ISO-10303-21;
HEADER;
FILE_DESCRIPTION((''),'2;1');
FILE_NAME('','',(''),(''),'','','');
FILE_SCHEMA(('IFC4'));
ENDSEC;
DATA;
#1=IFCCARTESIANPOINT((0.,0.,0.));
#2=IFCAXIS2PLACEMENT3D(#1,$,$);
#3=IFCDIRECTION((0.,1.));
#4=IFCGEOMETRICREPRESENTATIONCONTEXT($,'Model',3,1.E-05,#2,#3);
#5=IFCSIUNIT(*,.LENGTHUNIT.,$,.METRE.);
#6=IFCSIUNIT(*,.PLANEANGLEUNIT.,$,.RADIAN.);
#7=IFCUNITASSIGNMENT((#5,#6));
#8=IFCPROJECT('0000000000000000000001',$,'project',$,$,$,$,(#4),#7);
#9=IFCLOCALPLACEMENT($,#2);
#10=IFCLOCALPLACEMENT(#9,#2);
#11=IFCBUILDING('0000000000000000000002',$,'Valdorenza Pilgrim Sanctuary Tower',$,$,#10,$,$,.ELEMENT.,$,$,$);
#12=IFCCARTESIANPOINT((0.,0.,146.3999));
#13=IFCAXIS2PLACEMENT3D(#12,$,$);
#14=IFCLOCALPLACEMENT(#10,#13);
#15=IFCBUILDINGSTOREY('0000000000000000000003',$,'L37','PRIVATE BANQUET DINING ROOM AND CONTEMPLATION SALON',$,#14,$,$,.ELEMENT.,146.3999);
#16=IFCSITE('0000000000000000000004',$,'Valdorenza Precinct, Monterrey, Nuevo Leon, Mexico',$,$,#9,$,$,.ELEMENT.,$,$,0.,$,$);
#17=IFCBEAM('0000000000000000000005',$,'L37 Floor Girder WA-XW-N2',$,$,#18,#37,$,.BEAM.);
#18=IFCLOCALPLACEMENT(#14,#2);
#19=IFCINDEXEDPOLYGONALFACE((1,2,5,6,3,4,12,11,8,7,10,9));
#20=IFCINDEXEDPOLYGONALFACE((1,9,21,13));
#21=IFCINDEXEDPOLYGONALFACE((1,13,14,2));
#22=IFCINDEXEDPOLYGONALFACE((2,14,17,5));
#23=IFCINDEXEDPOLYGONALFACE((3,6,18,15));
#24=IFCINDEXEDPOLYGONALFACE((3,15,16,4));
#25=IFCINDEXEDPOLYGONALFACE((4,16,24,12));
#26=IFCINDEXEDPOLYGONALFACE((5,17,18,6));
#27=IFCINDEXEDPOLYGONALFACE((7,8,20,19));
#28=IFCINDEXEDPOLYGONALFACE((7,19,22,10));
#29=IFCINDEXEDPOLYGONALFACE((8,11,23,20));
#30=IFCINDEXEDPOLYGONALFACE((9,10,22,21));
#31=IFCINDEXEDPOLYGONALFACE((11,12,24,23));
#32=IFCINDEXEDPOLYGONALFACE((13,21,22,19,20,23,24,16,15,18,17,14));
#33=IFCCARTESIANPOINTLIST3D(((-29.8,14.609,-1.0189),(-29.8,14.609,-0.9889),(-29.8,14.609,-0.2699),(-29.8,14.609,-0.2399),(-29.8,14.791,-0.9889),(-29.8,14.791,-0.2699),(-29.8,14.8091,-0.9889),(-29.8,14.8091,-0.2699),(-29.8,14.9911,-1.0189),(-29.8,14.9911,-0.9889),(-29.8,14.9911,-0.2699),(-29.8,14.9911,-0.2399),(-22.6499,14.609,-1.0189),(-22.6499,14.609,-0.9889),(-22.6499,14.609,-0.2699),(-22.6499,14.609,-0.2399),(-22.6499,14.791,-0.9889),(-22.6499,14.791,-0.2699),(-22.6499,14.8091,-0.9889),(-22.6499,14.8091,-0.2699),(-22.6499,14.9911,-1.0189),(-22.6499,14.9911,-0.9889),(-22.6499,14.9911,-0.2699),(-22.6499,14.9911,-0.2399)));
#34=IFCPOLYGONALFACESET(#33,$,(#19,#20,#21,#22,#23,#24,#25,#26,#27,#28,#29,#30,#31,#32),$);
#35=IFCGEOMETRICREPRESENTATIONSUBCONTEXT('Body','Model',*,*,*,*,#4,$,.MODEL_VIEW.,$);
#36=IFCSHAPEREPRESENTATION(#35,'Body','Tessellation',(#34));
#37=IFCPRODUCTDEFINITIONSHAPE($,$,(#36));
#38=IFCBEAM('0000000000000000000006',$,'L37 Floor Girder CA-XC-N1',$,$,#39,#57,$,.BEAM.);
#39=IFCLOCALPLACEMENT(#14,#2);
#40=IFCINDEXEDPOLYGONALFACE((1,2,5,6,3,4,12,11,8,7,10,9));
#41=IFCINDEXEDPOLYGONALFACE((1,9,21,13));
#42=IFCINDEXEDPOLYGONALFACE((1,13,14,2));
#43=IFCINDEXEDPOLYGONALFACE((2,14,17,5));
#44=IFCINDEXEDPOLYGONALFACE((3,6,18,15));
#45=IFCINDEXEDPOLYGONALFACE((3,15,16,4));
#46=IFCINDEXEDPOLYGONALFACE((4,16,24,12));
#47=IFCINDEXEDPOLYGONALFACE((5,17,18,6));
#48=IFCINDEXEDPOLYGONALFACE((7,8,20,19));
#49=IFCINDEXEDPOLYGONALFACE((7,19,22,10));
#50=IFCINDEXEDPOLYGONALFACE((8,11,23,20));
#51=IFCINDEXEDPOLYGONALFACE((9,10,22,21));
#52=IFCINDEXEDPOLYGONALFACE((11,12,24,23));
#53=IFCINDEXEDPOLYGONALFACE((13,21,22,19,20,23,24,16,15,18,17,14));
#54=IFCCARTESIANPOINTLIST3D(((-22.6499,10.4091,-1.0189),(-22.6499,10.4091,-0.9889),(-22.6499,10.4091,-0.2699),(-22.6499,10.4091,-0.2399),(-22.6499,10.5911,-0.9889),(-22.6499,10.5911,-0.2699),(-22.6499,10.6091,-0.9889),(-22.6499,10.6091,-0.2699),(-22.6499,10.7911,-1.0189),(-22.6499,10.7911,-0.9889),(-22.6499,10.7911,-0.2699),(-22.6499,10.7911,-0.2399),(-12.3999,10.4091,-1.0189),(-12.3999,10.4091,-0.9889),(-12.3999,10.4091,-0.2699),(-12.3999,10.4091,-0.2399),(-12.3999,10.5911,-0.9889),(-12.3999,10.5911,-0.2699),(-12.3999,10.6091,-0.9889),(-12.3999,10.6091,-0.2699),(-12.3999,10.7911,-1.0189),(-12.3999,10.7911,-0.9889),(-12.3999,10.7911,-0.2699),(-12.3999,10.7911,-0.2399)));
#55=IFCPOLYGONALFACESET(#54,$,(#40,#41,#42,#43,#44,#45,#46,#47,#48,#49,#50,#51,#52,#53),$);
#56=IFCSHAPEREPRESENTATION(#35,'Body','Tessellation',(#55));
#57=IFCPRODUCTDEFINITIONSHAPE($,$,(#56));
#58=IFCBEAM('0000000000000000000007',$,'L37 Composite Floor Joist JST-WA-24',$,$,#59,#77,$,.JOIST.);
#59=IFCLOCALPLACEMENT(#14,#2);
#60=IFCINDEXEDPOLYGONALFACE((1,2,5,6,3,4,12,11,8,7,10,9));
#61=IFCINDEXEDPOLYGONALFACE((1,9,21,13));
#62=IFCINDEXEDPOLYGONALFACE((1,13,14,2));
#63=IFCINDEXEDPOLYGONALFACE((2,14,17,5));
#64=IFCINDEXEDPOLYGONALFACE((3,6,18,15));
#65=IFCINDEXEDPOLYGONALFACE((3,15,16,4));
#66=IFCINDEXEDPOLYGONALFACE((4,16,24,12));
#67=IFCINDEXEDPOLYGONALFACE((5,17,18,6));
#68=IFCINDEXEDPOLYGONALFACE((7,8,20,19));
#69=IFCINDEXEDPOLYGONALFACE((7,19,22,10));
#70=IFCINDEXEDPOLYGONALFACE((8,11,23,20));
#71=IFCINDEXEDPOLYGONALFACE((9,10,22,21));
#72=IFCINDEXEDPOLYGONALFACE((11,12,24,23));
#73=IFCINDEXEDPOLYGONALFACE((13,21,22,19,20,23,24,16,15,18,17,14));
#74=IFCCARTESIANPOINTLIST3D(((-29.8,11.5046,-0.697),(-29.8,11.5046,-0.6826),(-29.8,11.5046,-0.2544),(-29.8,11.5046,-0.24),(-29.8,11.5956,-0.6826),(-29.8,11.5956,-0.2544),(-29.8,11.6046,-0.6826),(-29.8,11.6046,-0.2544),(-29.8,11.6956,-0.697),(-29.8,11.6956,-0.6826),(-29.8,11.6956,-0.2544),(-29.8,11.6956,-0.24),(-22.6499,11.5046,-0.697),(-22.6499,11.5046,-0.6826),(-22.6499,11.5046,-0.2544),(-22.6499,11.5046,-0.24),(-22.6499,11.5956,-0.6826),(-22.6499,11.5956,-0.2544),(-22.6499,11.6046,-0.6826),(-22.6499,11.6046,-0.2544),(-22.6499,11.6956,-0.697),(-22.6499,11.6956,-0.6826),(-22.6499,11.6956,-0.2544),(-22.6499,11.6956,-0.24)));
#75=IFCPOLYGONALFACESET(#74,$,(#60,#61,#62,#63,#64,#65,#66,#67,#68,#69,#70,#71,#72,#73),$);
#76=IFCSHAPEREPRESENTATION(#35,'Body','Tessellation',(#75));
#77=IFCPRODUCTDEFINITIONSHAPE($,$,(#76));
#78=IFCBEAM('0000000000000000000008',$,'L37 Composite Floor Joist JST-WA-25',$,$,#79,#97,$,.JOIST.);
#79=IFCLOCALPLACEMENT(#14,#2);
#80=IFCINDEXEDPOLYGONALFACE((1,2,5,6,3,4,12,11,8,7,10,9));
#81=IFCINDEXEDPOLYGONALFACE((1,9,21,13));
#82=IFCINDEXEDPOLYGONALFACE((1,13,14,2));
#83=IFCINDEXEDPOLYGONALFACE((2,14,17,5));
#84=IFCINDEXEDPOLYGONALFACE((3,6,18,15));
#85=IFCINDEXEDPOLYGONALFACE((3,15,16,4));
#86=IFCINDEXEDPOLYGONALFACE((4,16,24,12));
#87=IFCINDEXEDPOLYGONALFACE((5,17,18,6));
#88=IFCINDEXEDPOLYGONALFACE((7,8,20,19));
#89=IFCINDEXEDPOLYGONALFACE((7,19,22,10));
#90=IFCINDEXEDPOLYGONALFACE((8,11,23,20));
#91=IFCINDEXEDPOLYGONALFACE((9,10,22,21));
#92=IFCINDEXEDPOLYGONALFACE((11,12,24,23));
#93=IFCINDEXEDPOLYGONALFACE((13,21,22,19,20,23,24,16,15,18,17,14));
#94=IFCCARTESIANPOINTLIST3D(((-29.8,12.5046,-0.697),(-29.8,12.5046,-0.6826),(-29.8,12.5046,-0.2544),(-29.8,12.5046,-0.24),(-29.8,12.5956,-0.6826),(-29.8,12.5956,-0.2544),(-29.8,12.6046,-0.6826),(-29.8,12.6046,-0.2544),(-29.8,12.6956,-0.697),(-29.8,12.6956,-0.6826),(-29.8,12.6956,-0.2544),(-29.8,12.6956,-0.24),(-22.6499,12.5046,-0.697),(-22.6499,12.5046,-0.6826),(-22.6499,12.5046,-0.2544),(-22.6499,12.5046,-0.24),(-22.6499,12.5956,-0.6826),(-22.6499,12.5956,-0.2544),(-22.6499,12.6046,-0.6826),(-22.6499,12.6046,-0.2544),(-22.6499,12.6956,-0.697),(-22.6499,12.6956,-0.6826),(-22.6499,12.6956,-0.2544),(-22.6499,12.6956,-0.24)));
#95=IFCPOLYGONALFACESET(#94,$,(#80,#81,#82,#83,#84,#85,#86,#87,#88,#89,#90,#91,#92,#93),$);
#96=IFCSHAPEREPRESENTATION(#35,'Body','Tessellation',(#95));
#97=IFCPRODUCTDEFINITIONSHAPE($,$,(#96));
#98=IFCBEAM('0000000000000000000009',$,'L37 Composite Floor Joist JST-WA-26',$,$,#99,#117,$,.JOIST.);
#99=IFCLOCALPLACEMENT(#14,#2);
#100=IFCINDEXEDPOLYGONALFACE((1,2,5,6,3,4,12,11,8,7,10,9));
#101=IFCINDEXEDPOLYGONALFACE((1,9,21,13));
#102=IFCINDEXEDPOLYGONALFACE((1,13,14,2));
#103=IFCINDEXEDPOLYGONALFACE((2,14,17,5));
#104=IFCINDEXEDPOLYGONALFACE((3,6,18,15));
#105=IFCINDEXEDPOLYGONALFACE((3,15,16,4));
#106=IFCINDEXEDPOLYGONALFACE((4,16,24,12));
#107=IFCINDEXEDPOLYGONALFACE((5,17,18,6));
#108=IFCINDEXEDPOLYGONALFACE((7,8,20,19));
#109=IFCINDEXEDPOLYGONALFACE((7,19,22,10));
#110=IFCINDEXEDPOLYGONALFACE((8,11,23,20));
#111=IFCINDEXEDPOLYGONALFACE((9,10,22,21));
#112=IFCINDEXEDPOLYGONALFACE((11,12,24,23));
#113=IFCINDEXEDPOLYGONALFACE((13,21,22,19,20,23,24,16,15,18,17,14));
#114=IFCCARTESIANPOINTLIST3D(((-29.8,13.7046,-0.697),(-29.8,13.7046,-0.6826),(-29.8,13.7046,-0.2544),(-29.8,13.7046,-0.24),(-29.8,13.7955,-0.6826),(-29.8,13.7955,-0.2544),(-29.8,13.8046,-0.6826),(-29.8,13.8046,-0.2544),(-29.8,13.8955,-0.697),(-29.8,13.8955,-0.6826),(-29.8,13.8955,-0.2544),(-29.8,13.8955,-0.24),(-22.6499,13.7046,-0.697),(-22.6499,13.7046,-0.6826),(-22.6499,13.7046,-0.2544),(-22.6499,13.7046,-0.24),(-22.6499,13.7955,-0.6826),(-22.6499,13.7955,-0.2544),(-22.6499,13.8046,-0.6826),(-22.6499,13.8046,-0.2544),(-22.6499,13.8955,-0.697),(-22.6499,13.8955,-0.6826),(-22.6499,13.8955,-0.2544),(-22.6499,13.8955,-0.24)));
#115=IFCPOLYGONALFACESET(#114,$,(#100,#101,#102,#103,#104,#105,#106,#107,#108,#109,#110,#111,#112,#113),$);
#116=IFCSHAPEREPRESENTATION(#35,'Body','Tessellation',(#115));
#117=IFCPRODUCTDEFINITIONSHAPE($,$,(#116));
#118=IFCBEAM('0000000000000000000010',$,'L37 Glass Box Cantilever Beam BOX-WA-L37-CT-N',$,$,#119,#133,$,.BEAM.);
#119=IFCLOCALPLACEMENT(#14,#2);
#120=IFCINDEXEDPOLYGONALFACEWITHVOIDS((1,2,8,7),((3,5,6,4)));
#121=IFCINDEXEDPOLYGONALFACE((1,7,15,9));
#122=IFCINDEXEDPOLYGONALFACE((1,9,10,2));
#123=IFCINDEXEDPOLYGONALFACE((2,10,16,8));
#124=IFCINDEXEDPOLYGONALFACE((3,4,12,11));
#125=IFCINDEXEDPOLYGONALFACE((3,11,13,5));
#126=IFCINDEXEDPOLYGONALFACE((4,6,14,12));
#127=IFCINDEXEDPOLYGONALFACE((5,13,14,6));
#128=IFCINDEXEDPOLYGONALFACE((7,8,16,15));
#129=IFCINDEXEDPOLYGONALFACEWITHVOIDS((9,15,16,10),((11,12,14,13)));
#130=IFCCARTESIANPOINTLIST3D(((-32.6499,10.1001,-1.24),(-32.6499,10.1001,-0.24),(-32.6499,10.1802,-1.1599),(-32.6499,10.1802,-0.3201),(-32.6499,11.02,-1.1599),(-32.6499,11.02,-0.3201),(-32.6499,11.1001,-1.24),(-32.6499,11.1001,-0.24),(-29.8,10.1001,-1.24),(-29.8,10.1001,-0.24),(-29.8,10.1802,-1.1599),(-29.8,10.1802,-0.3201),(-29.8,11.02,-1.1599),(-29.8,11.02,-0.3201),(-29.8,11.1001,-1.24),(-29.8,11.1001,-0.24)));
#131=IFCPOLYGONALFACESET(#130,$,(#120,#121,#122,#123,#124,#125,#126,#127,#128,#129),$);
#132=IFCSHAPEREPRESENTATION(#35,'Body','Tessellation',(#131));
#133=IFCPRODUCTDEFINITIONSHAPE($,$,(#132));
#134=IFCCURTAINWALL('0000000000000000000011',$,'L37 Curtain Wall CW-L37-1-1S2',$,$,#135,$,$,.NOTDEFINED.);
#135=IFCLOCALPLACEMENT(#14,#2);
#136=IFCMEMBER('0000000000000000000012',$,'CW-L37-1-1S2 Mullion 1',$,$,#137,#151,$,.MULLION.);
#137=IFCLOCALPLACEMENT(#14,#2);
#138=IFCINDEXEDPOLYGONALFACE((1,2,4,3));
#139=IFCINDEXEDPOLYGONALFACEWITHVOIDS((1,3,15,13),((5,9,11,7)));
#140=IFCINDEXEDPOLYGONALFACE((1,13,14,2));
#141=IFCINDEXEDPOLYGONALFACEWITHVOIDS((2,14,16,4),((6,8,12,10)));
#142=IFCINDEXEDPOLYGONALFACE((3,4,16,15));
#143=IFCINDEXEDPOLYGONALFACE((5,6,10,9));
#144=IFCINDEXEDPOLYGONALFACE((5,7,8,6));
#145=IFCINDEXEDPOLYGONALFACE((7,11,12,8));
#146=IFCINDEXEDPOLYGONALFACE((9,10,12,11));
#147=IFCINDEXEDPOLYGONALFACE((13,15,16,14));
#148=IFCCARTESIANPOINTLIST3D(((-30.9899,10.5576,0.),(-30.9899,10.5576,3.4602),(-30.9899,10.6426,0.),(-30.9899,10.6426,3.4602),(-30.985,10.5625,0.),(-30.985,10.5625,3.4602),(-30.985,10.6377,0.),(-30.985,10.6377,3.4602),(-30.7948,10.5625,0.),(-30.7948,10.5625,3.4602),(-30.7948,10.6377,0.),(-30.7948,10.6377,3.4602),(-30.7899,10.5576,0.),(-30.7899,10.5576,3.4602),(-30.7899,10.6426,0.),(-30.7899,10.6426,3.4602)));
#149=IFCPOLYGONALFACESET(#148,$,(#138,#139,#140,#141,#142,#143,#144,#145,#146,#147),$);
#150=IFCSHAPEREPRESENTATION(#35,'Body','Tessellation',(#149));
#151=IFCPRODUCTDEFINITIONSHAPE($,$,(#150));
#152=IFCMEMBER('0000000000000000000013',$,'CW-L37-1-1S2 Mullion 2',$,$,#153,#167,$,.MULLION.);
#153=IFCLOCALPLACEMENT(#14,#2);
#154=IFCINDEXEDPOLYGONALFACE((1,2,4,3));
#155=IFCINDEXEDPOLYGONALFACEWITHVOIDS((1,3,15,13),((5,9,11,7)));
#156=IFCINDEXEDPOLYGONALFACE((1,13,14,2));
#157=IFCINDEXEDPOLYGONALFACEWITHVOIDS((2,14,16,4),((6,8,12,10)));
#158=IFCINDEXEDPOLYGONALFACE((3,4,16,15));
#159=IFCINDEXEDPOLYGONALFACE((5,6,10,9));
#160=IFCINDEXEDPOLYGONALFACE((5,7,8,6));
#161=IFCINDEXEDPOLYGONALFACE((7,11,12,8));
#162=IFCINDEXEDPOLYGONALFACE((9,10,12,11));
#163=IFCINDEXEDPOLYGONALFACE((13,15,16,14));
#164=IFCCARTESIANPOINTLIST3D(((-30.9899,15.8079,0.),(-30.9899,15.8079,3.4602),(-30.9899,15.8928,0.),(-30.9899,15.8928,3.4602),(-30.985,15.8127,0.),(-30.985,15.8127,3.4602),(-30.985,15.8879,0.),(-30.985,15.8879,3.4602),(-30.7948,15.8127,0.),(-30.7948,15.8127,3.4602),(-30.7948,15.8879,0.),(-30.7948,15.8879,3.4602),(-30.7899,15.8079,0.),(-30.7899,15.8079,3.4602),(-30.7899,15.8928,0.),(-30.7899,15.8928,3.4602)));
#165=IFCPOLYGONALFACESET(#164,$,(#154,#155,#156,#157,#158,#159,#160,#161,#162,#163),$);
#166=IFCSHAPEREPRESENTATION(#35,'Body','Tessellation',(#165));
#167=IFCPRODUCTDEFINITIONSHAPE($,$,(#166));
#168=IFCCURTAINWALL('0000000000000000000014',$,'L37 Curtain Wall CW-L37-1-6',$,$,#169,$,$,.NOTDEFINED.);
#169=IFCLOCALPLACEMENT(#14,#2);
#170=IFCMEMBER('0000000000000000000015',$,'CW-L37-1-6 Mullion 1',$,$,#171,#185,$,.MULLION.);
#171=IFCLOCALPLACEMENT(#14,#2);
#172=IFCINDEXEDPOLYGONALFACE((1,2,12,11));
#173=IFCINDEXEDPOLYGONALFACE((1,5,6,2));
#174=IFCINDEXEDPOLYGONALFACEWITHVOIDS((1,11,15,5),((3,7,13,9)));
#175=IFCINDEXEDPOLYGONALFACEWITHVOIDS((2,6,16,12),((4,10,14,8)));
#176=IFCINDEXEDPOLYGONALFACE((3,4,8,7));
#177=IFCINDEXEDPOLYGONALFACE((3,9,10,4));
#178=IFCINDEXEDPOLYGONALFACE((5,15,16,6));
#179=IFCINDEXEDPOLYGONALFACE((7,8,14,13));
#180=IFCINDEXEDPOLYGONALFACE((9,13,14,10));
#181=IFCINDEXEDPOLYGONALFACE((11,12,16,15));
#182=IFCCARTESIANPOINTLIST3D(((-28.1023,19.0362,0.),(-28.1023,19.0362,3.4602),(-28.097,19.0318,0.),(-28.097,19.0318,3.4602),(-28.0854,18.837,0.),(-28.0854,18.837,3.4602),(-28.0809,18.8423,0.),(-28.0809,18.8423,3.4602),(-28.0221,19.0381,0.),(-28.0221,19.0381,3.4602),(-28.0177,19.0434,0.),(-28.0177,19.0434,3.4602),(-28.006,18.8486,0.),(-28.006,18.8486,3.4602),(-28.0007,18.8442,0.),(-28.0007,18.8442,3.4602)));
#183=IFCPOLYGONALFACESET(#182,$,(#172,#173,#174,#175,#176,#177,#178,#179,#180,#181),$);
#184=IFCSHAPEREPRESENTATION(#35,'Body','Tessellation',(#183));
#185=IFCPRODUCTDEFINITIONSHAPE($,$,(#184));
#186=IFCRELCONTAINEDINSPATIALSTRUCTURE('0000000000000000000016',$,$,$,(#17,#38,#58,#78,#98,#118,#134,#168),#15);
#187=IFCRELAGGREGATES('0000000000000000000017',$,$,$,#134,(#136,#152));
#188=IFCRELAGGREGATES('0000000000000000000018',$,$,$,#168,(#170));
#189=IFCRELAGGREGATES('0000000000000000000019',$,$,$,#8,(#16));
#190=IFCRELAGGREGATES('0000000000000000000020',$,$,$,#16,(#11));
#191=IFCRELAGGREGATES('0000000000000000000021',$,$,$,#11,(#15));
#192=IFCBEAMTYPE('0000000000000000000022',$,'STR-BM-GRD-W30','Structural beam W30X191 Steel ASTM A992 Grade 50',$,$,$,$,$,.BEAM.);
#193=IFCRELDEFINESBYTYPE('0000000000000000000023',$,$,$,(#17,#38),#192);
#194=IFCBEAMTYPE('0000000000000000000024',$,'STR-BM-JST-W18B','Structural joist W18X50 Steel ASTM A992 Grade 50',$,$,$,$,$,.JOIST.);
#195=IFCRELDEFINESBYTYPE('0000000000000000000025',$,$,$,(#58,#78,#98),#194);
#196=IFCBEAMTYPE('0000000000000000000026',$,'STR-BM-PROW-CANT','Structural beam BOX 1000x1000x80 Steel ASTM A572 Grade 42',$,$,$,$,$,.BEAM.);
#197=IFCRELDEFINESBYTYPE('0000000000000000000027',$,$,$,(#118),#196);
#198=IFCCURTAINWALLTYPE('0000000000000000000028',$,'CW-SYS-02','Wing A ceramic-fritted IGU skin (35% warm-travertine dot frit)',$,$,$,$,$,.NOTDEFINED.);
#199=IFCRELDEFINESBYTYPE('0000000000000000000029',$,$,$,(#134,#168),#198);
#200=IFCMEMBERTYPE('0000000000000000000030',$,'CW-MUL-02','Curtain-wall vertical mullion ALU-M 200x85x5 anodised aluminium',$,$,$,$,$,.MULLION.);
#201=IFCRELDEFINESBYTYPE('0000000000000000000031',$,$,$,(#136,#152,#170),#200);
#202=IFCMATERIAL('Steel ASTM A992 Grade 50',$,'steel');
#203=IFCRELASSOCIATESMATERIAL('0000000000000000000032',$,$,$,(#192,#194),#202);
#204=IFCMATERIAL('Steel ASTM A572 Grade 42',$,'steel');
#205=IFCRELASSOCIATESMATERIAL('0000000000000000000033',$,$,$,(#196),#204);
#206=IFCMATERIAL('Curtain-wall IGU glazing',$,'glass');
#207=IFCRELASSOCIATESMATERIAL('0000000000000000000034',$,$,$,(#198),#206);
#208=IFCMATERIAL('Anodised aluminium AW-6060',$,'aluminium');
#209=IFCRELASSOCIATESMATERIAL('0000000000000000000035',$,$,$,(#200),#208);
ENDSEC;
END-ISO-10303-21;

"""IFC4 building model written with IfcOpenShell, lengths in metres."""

from ifc_helpers import new_model, si_unit, direction, frame, origin, origin_2d, place, context, subcontext, project, spatial, hollow_rectangle, i_section, extrude, source, transform, mapped, material, material_profile, profile_set, type_object, element, aggregate, save


model = new_model("IFC4")

# Units and contexts
model_context = context("Model", 3, precision=1e-05, world=origin(), true_north=direction((0.0, 1.0)))
body_context = subcontext(model_context, "Body", "Model", "MODEL_VIEW")
ifc_project = project(units=[si_unit("LENGTHUNIT", "METRE"), si_unit("PLANEANGLEUNIT", "RADIAN")], contexts=[model_context])

# Site, building, storey
site_placement = place(None, origin())
site = spatial("IfcSite", under=ifc_project, at=site_placement, Name="Valdorenza Precinct, Monterrey, Nuevo Leon, Mexico", CompositionType="ELEMENT", RefElevation=0.0)
building_placement = place(site_placement, origin())
building = spatial("IfcBuilding", under=site, at=building_placement, Name="Valdorenza Pilgrim Sanctuary Tower", CompositionType="ELEMENT")
storey_placement = place(building_placement, frame((0.0, 0.0, 146.3999)))
storey = spatial("IfcBuildingStorey", under=building, at=storey_placement, Name="L37", Description="PRIVATE BANQUET DINING ROOM AND CONTEMPLATION SALON", CompositionType="ELEMENT", Elevation=146.3999)

# Beams
ifc_material_1 = material(Name="Steel ASTM A992 Grade 50", Category="steel")
ifc_material_profile_1 = material_profile(ifc_material_1, i_section(OverallWidth=0.3821, OverallDepth=0.7791, WebThickness=0.0181, FlangeThickness=0.03, at=origin_2d()), Name="W30X191")
ifc_profile_set_1 = profile_set([ifc_material_profile_1], Name="Steel ASTM A992 Grade 50")
beam_type_1 = type_object("IfcBeamType", Name="STR-BM-GRD-W30", Description="Structural beam W30X191 Steel ASTM A992 Grade 50", PredefinedType="BEAM", material=ifc_profile_set_1)
shared_shape_1 = source(origin(), body_context, "Body", "SweptSolid", [
    extrude(i_section(OverallWidth=0.3821, OverallDepth=0.7791, WebThickness=0.0181, FlangeThickness=0.03, at=origin_2d()), origin(), (0.0, 0.0, 1.0), 7.1501),
])
for number, where, z_axis, x_axis, name in (
    (1, (-29.8, 14.8, -0.6294), (1.0, 0.0, 0.0), (0.0, 1.0, 0.0), "L37 Floor Girder WA-XW-N2"),
):
    element("IfcBeam", number, at=place(storey_placement, frame(where, z_axis=z_axis, x_axis=x_axis)), inside=storey, type_object=beam_type_1, Name=name, PredefinedType="BEAM", context=body_context, shape_type="MappedRepresentation", body=[
        mapped(shared_shape_1, transform((0.0, 0.0, 0.0), x_axis=(1.0, 0.0, 0.0), y_axis=(0.0, 1.0, 0.0), z_axis=(0.0, 0.0, 1.0), scale=1.0)),
    ])
shared_shape_2 = source(origin(), body_context, "Body", "SweptSolid", [
    extrude(i_section(OverallWidth=0.3821, OverallDepth=0.7791, WebThickness=0.0181, FlangeThickness=0.03, at=origin_2d()), origin(), (0.0, 0.0, 1.0), 10.25),
])
beam_1_placement = place(storey_placement, frame((-22.6499, 10.6001, -0.6294), z_axis=(1.0, 0.0, 0.0), x_axis=(0.0, 1.0, 0.0)))
element("IfcBeam", 2, at=beam_1_placement, inside=storey, type_object=beam_type_1, Name="L37 Floor Girder CA-XC-N1", PredefinedType="BEAM", context=body_context, shape_type="MappedRepresentation", body=[
    mapped(shared_shape_2, transform((0.0, 0.0, 0.0), x_axis=(1.0, 0.0, 0.0), y_axis=(0.0, 1.0, 0.0), z_axis=(0.0, 0.0, 1.0), scale=1.0)),
])
ifc_material_profile_2 = material_profile(ifc_material_1, i_section(OverallWidth=0.1909, OverallDepth=0.457, WebThickness=0.009, FlangeThickness=0.0144, at=origin_2d()), Name="W18X50")
ifc_profile_set_2 = profile_set([ifc_material_profile_2], Name="Steel ASTM A992 Grade 50")
beam_type_2 = type_object("IfcBeamType", Name="STR-BM-JST-W18B", Description="Structural joist W18X50 Steel ASTM A992 Grade 50", PredefinedType="JOIST", material=ifc_profile_set_2)
shared_shape_3 = source(origin(), body_context, "Body", "SweptSolid", [
    extrude(i_section(OverallWidth=0.1909, OverallDepth=0.457, WebThickness=0.009, FlangeThickness=0.0144, at=origin_2d()), origin(), (0.0, 0.0, 1.0), 7.1501),
])
for number, where, z_axis, x_axis, name in (
    (3, (-29.8, 11.6001, -0.4685), (1.0, 0.0, 0.0), (0.0, 1.0, 0.0), "L37 Composite Floor Joist JST-WA-24"),
    (4, (-29.8, 12.6001, -0.4685), (1.0, 0.0, 0.0), (0.0, 1.0, 0.0), "L37 Composite Floor Joist JST-WA-25"),
    (5, (-29.8, 13.8, -0.4685), (1.0, 0.0, 0.0), (0.0, 1.0, 0.0), "L37 Composite Floor Joist JST-WA-26"),
):
    element("IfcBeam", number, at=place(storey_placement, frame(where, z_axis=z_axis, x_axis=x_axis)), inside=storey, type_object=beam_type_2, Name=name, PredefinedType="JOIST", context=body_context, shape_type="MappedRepresentation", body=[
        mapped(shared_shape_3, transform((0.0, 0.0, 0.0), x_axis=(1.0, 0.0, 0.0), y_axis=(0.0, 1.0, 0.0), z_axis=(0.0, 0.0, 1.0), scale=1.0)),
    ])
ifc_material_2 = material(Name="Steel ASTM A572 Grade 42", Category="steel")
ifc_material_profile_3 = material_profile(ifc_material_2, hollow_rectangle(XDim=1.0, YDim=1.0, WallThickness=0.0801, at=origin_2d()), Name="BOX 1000x1000x80")
ifc_profile_set_3 = profile_set([ifc_material_profile_3], Name="Steel ASTM A572 Grade 42")
beam_type_3 = type_object("IfcBeamType", Name="STR-BM-PROW-CANT", Description="Structural beam BOX 1000x1000x80 Steel ASTM A572 Grade 42", PredefinedType="BEAM", material=ifc_profile_set_3)
shared_shape_4 = source(origin(), body_context, "Body", "SweptSolid", [
    extrude(hollow_rectangle(XDim=1.0, YDim=1.0, WallThickness=0.0801, at=origin_2d()), origin(), (0.0, 0.0, 1.0), 2.8499),
])
beam_2_placement = place(storey_placement, frame((-29.8, 10.6001, -0.74), z_axis=(-1.0, 0.0, 0.0), x_axis=(0.0, -1.0, 0.0)))
element("IfcBeam", 6, at=beam_2_placement, inside=storey, type_object=beam_type_3, Name="L37 Glass Box Cantilever Beam BOX-WA-L37-CT-N", PredefinedType="BEAM", context=body_context, shape_type="MappedRepresentation", body=[
    mapped(shared_shape_4, transform((0.0, 0.0, 0.0), x_axis=(1.0, 0.0, 0.0), y_axis=(0.0, 1.0, 0.0), z_axis=(0.0, 0.0, 1.0), scale=1.0)),
])

# Curtain wall, members
ifc_material_3 = material(Name="Curtain-wall IGU glazing", Category="glass")
curtain_wall_type = type_object("IfcCurtainWallType", Name="CW-SYS-02", Description="Wing A ceramic-fritted IGU skin (35% warm-travertine dot frit)", PredefinedType="NOTDEFINED", material=ifc_material_3)
curtain_wall_1_placement = place(storey_placement, origin())
curtain_wall_1 = element("IfcCurtainWall", 7, at=curtain_wall_1_placement, inside=storey, type_object=curtain_wall_type, Name="L37 Curtain Wall CW-L37-1-1S2", PredefinedType="NOTDEFINED")
ifc_material_4 = material(Name="Anodised aluminium AW-6060", Category="aluminium")
ifc_material_profile_4 = material_profile(ifc_material_4, hollow_rectangle(XDim=0.085, YDim=0.2, WallThickness=0.0049, at=origin_2d()), Name="ALU-M 200x85x5")
ifc_profile_set_4 = profile_set([ifc_material_profile_4], Name="Anodised aluminium AW-6060")
member_type_1 = type_object("IfcMemberType", Name="CW-MUL-02", Description="Curtain-wall vertical mullion ALU-M 200x85x5 anodised aluminium", PredefinedType="MULLION", material=ifc_profile_set_4)
shared_shape_5 = source(origin(), body_context, "Body", "SweptSolid", [
    extrude(hollow_rectangle(XDim=0.085, YDim=0.2, WallThickness=0.0049, at=origin_2d()), origin(), (0.0, 0.0, 1.0), 3.4602),
])
member_1_placement = place(storey_placement, frame((-30.8899, 10.6001, 0.0), z_axis=(0.0, 0.0, 1.0), x_axis=(0.0, 1.0, 0.0)))
member_1 = element("IfcMember", 8, at=member_1_placement, type_object=member_type_1, Name="CW-L37-1-1S2 Mullion 1", PredefinedType="MULLION", context=body_context, shape_type="MappedRepresentation", body=[
    mapped(shared_shape_5, transform((0.0, 0.0, 0.0), x_axis=(1.0, 0.0, 0.0), y_axis=(0.0, 1.0, 0.0), z_axis=(0.0, 0.0, 1.0), scale=1.0)),
])
member_2_placement = place(storey_placement, frame((-30.8899, 15.8503, 0.0), z_axis=(0.0, 0.0, 1.0), x_axis=(0.0, 1.0, 0.0)))
member_2 = element("IfcMember", 9, at=member_2_placement, type_object=member_type_1, Name="CW-L37-1-1S2 Mullion 2", PredefinedType="MULLION", context=body_context, shape_type="MappedRepresentation", body=[
    mapped(shared_shape_5, transform((0.0, 0.0, 0.0), x_axis=(1.0, 0.0, 0.0), y_axis=(0.0, 1.0, 0.0), z_axis=(0.0, 0.0, 1.0), scale=1.0)),
])

# Curtain wall, member
curtain_wall_2_placement = place(storey_placement, origin())
curtain_wall_2 = element("IfcCurtainWall", 10, at=curtain_wall_2_placement, inside=storey, type_object=curtain_wall_type, Name="L37 Curtain Wall CW-L37-1-6", PredefinedType="NOTDEFINED")
member_3_placement = place(storey_placement, frame((-28.0515, 18.9402, 0.0), z_axis=(0.0, 0.0, 1.0), x_axis=(0.996408, 0.084687, 0.0)))
member_3 = element("IfcMember", 11, at=member_3_placement, type_object=member_type_1, Name="CW-L37-1-6 Mullion 1", PredefinedType="MULLION", context=body_context, shape_type="MappedRepresentation", body=[
    mapped(shared_shape_5, transform((0.0, 0.0, 0.0), x_axis=(1.0, 0.0, 0.0), y_axis=(0.0, 1.0, 0.0), z_axis=(0.0, 0.0, 1.0), scale=1.0)),
])

aggregate(curtain_wall_1, [member_1, member_2])
aggregate(curtain_wall_2, [member_3])

save(model, "model.ifc")
